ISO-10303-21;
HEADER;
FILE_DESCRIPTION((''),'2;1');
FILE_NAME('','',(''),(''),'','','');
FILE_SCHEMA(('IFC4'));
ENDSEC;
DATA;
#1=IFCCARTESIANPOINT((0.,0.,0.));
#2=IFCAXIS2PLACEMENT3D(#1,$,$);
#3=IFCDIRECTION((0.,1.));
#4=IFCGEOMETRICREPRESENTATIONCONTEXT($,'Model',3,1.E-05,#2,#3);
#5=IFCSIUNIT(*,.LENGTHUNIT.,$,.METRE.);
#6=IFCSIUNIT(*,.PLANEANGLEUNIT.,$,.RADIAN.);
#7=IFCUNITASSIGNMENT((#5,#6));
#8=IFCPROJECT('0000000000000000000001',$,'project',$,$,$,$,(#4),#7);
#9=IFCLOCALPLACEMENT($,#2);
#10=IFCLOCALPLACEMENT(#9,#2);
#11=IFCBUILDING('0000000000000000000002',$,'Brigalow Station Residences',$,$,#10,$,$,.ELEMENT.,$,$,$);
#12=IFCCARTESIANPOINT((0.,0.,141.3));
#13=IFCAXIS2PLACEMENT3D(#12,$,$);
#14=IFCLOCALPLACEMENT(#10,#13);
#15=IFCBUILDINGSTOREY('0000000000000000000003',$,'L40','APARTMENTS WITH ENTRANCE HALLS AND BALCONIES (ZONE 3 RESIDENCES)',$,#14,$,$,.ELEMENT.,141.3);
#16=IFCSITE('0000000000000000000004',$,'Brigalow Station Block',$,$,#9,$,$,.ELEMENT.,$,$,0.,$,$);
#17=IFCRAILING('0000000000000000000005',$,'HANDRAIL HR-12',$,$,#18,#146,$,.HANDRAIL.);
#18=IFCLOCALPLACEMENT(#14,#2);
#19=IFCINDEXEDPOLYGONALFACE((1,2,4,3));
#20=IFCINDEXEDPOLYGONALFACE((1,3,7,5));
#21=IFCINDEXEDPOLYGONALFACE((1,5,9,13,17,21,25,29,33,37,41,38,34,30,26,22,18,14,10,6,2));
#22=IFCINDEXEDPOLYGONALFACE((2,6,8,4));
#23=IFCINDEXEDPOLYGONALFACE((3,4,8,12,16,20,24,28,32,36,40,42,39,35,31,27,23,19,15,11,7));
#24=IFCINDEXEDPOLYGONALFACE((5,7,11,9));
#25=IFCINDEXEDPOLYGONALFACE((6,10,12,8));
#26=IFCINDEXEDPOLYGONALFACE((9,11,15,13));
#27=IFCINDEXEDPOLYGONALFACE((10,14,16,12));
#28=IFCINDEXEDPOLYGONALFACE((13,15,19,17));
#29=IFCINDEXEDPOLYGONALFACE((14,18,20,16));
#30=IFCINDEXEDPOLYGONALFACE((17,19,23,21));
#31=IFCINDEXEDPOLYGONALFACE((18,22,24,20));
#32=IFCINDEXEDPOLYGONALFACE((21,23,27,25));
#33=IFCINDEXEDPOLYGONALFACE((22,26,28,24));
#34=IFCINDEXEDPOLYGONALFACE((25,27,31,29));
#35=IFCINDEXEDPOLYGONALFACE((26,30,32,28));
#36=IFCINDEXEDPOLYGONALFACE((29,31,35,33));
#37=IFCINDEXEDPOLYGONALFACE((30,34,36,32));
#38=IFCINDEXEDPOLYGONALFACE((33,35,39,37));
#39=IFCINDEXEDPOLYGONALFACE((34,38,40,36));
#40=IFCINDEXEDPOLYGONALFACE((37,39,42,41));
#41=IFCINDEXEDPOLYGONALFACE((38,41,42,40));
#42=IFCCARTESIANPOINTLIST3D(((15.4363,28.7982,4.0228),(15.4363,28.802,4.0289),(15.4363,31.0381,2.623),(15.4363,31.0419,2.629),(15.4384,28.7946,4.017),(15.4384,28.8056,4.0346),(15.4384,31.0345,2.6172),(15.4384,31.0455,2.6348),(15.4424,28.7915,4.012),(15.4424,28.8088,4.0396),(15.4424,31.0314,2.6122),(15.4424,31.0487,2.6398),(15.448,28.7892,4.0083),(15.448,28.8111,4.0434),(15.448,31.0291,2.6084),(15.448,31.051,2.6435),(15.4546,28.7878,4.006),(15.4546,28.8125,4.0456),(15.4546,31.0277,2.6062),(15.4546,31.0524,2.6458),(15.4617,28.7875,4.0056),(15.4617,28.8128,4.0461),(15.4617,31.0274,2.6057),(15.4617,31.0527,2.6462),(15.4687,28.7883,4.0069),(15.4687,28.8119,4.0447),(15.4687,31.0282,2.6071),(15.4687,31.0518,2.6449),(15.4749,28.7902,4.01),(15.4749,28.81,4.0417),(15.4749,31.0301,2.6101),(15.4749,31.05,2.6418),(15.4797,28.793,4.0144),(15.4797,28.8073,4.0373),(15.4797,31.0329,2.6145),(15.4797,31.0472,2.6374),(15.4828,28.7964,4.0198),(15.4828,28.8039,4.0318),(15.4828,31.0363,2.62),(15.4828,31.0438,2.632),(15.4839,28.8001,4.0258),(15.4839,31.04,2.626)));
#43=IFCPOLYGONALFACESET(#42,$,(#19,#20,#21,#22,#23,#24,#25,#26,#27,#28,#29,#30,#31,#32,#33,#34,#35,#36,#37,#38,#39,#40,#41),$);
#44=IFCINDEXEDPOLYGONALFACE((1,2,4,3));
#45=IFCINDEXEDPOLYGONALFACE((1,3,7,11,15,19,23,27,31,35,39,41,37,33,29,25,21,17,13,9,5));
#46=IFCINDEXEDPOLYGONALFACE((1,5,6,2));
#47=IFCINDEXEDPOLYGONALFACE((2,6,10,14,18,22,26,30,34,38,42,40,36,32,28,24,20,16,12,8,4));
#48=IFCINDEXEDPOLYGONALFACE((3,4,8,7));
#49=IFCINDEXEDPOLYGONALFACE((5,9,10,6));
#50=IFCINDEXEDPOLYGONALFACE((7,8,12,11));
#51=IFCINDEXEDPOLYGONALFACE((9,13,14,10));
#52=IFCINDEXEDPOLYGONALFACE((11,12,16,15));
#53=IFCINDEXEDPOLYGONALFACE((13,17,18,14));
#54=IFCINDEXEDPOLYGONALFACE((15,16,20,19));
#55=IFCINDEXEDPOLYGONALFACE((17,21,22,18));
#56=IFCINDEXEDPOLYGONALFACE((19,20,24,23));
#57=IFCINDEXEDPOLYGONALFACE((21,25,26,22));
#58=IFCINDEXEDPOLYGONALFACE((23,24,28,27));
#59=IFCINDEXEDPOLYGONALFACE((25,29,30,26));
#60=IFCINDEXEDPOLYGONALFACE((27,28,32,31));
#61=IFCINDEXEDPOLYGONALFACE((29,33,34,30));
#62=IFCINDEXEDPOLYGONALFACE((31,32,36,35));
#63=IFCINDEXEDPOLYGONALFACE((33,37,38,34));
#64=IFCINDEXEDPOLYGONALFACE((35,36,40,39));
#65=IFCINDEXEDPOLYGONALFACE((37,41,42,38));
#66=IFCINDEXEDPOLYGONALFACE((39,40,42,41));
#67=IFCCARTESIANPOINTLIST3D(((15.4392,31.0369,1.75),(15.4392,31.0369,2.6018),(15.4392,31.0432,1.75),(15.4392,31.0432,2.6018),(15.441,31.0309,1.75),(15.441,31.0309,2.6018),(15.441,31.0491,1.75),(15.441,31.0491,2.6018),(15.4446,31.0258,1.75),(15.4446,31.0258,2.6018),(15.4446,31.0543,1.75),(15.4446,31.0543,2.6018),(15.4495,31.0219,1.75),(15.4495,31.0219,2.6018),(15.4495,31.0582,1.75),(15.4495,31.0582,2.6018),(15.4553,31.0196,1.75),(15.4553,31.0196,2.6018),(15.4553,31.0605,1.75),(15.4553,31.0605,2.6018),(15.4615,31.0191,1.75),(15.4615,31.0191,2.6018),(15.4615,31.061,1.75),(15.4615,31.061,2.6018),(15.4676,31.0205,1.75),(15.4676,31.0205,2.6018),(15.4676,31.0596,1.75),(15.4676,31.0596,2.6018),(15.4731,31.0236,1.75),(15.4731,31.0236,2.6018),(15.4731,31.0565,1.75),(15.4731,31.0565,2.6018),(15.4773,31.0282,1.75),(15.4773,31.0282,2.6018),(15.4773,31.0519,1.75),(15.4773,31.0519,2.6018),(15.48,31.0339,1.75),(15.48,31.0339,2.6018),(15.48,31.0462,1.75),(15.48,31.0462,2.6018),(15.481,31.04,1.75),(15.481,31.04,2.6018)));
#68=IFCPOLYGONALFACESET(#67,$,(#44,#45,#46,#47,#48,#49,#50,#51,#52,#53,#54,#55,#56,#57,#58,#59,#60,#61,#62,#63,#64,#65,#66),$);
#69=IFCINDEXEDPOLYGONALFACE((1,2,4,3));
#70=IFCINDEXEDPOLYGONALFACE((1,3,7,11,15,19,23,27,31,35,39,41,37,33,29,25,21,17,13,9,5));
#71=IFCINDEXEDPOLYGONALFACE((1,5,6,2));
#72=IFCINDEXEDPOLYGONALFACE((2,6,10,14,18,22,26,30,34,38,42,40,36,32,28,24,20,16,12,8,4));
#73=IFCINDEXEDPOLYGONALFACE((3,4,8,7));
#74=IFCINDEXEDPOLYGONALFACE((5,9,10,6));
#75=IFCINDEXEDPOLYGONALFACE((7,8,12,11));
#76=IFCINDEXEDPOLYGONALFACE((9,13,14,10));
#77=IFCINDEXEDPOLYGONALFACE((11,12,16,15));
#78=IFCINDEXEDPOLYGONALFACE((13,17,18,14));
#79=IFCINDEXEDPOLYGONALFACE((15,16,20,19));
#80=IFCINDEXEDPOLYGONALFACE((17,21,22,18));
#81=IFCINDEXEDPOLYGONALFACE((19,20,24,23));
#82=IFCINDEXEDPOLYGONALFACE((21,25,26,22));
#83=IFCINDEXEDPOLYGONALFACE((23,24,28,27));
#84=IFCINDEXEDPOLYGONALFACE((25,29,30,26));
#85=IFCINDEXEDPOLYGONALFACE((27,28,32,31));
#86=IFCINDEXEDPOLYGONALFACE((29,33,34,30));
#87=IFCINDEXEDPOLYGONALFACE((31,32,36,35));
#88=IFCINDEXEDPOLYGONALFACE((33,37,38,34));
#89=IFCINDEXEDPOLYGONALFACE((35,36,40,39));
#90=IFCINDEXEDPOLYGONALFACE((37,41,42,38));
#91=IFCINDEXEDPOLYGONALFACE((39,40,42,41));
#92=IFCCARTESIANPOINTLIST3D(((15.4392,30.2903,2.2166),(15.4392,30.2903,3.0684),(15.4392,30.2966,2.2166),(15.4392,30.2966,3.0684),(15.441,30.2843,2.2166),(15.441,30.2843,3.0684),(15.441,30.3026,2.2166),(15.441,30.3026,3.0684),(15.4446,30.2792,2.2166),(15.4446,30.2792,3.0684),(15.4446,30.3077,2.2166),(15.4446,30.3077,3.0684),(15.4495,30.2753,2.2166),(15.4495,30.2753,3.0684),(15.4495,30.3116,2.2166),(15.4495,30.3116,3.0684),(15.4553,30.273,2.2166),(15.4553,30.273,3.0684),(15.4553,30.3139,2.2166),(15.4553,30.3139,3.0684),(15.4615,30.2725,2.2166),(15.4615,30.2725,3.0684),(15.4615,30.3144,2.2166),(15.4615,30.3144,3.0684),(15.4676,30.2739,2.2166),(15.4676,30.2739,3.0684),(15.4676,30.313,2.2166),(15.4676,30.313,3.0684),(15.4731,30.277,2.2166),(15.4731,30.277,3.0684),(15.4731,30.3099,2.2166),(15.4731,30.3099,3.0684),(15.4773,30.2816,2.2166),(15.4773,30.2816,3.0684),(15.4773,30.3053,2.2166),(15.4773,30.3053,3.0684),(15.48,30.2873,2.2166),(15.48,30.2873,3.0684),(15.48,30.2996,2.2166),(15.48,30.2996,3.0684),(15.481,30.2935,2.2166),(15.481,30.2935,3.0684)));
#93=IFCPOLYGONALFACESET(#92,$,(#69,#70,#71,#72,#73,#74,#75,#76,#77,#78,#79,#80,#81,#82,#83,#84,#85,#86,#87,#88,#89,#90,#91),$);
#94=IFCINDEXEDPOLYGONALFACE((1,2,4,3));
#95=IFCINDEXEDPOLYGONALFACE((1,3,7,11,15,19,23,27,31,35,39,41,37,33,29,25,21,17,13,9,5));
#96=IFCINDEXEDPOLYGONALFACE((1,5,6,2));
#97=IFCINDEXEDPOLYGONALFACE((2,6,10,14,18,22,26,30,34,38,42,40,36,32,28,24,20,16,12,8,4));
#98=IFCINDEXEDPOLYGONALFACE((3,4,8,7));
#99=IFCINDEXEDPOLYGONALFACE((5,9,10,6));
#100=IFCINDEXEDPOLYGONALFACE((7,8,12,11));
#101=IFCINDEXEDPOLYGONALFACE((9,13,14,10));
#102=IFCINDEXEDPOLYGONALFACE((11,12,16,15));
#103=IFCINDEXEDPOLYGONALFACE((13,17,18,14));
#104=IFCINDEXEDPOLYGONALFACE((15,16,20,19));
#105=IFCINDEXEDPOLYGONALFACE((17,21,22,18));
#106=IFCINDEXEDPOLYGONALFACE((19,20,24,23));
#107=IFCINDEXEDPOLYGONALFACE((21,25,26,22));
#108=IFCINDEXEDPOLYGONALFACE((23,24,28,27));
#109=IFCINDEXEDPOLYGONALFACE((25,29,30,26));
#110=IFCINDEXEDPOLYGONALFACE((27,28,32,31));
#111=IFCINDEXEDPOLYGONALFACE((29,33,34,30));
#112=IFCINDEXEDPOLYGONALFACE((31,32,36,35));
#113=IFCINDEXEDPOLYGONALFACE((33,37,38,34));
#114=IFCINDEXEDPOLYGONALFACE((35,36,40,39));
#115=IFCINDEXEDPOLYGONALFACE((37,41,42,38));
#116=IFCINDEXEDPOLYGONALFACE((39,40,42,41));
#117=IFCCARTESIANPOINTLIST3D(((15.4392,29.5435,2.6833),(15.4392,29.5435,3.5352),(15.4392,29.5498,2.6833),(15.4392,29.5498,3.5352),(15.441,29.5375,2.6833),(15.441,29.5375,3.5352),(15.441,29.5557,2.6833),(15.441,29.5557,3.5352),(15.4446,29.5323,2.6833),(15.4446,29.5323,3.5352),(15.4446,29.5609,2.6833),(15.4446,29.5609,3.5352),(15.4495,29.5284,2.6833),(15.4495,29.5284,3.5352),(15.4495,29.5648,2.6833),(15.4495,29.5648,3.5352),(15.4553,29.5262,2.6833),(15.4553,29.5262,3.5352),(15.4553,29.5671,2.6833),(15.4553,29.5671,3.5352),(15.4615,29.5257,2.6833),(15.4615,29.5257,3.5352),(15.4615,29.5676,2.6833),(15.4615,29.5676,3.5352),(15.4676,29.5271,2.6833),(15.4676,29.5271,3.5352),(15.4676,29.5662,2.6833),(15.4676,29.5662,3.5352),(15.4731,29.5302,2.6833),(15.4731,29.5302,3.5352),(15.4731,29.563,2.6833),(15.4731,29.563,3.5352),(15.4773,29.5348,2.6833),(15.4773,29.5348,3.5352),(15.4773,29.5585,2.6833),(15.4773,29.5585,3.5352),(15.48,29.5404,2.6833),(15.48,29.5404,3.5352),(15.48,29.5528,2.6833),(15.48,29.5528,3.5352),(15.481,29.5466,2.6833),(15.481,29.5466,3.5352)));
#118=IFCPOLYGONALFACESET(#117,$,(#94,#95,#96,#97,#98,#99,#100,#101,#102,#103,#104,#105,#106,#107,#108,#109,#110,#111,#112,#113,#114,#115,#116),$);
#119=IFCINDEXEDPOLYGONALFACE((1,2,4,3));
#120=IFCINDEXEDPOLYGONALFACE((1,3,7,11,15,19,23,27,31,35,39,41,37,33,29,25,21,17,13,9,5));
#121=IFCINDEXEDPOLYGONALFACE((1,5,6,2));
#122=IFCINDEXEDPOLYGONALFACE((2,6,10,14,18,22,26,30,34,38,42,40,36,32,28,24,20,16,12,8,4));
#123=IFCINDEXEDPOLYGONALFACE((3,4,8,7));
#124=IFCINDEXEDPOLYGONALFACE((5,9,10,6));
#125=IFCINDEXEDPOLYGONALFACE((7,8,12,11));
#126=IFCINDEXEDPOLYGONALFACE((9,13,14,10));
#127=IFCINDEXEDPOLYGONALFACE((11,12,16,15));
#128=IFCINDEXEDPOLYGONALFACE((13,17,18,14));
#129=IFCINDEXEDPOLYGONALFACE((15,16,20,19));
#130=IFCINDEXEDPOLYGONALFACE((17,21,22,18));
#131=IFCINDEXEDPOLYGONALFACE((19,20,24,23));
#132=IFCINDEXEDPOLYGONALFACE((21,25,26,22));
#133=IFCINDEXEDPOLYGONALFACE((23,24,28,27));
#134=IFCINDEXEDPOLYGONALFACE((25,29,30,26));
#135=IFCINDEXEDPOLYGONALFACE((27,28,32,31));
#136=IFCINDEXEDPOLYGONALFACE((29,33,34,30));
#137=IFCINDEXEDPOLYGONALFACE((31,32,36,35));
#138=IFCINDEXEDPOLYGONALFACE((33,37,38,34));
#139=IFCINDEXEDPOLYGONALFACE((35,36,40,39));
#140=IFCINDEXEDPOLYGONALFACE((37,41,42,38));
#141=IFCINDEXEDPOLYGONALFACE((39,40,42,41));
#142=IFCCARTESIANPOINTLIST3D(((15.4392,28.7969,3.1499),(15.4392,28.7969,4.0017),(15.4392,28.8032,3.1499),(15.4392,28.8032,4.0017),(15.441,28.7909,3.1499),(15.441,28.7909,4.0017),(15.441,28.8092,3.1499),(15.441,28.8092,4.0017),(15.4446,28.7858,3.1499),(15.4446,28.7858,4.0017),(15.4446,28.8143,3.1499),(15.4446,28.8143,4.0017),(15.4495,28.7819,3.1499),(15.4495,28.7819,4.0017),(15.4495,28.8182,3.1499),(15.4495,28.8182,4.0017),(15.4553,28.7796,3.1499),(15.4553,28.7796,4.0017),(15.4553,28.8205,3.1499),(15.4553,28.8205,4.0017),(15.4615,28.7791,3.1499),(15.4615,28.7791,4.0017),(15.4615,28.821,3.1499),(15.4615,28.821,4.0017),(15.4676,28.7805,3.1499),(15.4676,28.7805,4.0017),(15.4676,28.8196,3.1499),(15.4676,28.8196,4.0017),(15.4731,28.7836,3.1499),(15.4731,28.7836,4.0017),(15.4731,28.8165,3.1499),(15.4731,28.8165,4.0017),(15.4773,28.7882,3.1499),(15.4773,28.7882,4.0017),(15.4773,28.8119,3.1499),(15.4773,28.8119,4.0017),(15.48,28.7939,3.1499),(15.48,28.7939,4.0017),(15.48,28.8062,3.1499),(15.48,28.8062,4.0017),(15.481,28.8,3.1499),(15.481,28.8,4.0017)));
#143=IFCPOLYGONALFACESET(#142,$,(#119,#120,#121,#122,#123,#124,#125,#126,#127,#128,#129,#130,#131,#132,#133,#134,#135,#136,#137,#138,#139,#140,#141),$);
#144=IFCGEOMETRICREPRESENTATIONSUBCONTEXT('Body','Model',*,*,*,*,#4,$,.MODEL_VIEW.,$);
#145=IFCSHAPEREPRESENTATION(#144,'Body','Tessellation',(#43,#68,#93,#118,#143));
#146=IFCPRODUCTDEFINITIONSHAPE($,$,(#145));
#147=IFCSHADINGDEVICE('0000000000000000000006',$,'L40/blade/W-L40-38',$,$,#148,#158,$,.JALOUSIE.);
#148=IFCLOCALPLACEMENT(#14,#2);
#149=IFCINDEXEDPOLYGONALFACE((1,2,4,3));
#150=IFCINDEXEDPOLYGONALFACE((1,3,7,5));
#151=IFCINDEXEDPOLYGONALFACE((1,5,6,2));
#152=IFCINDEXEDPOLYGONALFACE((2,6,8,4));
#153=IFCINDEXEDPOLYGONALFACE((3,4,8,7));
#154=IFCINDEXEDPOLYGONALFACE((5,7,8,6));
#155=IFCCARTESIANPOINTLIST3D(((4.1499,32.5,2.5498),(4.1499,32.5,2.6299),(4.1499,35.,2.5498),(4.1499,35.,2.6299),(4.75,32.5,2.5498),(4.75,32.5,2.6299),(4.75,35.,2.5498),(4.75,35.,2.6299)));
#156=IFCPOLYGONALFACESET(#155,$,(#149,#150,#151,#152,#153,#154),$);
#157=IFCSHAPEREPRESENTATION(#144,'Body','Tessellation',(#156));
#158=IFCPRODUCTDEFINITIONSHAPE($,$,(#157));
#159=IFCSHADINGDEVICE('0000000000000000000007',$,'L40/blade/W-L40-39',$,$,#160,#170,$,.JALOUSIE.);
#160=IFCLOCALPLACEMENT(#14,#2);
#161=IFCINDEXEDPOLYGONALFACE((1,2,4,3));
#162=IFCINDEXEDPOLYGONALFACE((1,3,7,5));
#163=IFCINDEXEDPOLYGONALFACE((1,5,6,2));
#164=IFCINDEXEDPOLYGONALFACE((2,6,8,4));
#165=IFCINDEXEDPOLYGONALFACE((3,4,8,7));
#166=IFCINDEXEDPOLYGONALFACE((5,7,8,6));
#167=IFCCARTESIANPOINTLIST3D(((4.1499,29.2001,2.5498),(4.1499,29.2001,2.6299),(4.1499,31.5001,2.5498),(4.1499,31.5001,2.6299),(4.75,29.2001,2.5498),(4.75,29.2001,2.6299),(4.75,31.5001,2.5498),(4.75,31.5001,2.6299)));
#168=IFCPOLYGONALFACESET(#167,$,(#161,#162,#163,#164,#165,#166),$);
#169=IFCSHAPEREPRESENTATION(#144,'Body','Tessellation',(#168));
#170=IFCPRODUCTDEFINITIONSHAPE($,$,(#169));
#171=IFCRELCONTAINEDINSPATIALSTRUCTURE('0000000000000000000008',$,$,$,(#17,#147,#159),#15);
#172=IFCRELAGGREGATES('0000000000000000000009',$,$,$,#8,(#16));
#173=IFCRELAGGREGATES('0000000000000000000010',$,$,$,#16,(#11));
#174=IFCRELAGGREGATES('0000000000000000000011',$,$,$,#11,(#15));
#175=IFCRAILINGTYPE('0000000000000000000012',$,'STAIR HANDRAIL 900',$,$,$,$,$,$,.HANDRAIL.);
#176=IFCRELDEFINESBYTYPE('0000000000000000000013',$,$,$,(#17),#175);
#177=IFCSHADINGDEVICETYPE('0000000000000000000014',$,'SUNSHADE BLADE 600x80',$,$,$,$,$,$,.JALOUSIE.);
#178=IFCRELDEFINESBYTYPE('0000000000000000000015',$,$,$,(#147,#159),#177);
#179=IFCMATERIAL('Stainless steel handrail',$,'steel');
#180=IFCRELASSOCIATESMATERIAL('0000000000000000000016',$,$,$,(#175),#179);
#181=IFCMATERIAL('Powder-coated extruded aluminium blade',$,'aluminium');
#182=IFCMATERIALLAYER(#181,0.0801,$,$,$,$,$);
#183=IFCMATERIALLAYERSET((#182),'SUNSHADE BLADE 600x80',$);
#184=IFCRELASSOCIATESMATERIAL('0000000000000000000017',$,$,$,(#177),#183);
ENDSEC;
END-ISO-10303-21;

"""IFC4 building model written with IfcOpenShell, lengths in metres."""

from ifc_helpers import new_model, si_unit, direction, frame, origin, origin_2d, place, context, subcontext, project, spatial, rectangle, circle, extrude, material, layer, layer_set, type_object, element, save


model = new_model("IFC4")

# Units and contexts
model_context = context("Model", 3, precision=1e-05, world=origin(), true_north=direction((0.0, 1.0)))
body_context = subcontext(model_context, "Body", "Model", "MODEL_VIEW")
ifc_project = project(units=[si_unit("LENGTHUNIT", "METRE"), si_unit("PLANEANGLEUNIT", "RADIAN")], contexts=[model_context])

# Site, building, storey
site_placement = place(None, origin())
site = spatial("IfcSite", under=ifc_project, at=site_placement, Name="Brigalow Station Block", CompositionType="ELEMENT", RefElevation=0.0)
building_placement = place(site_placement, origin())
building = spatial("IfcBuilding", under=site, at=building_placement, Name="Brigalow Station Residences", CompositionType="ELEMENT")
storey_placement = place(building_placement, frame((0.0, 0.0, 141.3)))
storey = spatial("IfcBuildingStorey", under=building, at=storey_placement, Name="L40", Description="APARTMENTS WITH ENTRANCE HALLS AND BALCONIES (ZONE 3 RESIDENCES)", CompositionType="ELEMENT", Elevation=141.3)

# Railing
ifc_material_1 = material(Name="Stainless steel handrail", Category="steel")
railing_type_1 = type_object("IfcRailingType", Name="STAIR HANDRAIL 900", PredefinedType="HANDRAIL", material=ifc_material_1)
railing_1_placement = place(storey_placement, frame((15.46, 31.04, 1.75)))
element("IfcRailing", 1, at=railing_1_placement, inside=storey, type_object=railing_type_1, Name="HANDRAIL HR-12", PredefinedType="HANDRAIL", context=body_context, shape_type="SweptSolid", body=[
    extrude(circle(Radius=0.0239, at=origin_2d()), frame((0.0, 0.0, 0.876), z_axis=(0.0, -0.848014, 0.529974), x_axis=(1.0, 0.0, 0.0)), (0.0, 0.0, 1.0), 2.6414),
    extrude(circle(Radius=0.021, at=origin_2d()), origin(), (0.0, 0.0, 1.0), 0.8518),
    extrude(circle(Radius=0.021, at=origin_2d()), frame((0.0, -0.7466, 0.4666)), (0.0, 0.0, 1.0), 0.8518),
    extrude(circle(Radius=0.021, at=origin_2d()), frame((0.0, -1.4934, 0.9333)), (0.0, 0.0, 1.0), 0.8518),
    extrude(circle(Radius=0.021, at=origin_2d()), frame((0.0, -2.24, 1.3999)), (0.0, 0.0, 1.0), 0.8518),
])

# Shading devices
ifc_material_2 = material(Name="Powder-coated extruded aluminium blade", Category="aluminium")
ifc_layer_1 = layer(ifc_material_2, 0.0801)
ifc_layer_set_1 = layer_set([ifc_layer_1], Name="SUNSHADE BLADE 600x80")
shading_device_type = type_object("IfcShadingDeviceType", Name="SUNSHADE BLADE 600x80", PredefinedType="JALOUSIE", material=ifc_layer_set_1)
shading_device_1_placement = place(storey_placement, frame((4.45, 33.75, 2.5498), z_axis=(0.0, 0.0, 1.0), x_axis=(0.0, -1.0, 0.0)))
element("IfcShadingDevice", 2, at=shading_device_1_placement, inside=storey, type_object=shading_device_type, Name="L40/blade/W-L40-38", PredefinedType="JALOUSIE", context=body_context, shape_type="SweptSolid", body=[
    extrude(rectangle(XDim=2.5, YDim=0.6001, at=origin_2d()), origin(), (0.0, 0.0, 1.0), 0.0801),
])
shading_device_2_placement = place(storey_placement, frame((4.45, 30.3501, 2.5498), z_axis=(0.0, 0.0, 1.0), x_axis=(0.0, -1.0, 0.0)))
element("IfcShadingDevice", 3, at=shading_device_2_placement, inside=storey, type_object=shading_device_type, Name="L40/blade/W-L40-39", PredefinedType="JALOUSIE", context=body_context, shape_type="SweptSolid", body=[
    extrude(rectangle(XDim=2.3, YDim=0.6001, at=origin_2d()), origin(), (0.0, 0.0, 1.0), 0.0801),
])

save(model, "model.ifc")
